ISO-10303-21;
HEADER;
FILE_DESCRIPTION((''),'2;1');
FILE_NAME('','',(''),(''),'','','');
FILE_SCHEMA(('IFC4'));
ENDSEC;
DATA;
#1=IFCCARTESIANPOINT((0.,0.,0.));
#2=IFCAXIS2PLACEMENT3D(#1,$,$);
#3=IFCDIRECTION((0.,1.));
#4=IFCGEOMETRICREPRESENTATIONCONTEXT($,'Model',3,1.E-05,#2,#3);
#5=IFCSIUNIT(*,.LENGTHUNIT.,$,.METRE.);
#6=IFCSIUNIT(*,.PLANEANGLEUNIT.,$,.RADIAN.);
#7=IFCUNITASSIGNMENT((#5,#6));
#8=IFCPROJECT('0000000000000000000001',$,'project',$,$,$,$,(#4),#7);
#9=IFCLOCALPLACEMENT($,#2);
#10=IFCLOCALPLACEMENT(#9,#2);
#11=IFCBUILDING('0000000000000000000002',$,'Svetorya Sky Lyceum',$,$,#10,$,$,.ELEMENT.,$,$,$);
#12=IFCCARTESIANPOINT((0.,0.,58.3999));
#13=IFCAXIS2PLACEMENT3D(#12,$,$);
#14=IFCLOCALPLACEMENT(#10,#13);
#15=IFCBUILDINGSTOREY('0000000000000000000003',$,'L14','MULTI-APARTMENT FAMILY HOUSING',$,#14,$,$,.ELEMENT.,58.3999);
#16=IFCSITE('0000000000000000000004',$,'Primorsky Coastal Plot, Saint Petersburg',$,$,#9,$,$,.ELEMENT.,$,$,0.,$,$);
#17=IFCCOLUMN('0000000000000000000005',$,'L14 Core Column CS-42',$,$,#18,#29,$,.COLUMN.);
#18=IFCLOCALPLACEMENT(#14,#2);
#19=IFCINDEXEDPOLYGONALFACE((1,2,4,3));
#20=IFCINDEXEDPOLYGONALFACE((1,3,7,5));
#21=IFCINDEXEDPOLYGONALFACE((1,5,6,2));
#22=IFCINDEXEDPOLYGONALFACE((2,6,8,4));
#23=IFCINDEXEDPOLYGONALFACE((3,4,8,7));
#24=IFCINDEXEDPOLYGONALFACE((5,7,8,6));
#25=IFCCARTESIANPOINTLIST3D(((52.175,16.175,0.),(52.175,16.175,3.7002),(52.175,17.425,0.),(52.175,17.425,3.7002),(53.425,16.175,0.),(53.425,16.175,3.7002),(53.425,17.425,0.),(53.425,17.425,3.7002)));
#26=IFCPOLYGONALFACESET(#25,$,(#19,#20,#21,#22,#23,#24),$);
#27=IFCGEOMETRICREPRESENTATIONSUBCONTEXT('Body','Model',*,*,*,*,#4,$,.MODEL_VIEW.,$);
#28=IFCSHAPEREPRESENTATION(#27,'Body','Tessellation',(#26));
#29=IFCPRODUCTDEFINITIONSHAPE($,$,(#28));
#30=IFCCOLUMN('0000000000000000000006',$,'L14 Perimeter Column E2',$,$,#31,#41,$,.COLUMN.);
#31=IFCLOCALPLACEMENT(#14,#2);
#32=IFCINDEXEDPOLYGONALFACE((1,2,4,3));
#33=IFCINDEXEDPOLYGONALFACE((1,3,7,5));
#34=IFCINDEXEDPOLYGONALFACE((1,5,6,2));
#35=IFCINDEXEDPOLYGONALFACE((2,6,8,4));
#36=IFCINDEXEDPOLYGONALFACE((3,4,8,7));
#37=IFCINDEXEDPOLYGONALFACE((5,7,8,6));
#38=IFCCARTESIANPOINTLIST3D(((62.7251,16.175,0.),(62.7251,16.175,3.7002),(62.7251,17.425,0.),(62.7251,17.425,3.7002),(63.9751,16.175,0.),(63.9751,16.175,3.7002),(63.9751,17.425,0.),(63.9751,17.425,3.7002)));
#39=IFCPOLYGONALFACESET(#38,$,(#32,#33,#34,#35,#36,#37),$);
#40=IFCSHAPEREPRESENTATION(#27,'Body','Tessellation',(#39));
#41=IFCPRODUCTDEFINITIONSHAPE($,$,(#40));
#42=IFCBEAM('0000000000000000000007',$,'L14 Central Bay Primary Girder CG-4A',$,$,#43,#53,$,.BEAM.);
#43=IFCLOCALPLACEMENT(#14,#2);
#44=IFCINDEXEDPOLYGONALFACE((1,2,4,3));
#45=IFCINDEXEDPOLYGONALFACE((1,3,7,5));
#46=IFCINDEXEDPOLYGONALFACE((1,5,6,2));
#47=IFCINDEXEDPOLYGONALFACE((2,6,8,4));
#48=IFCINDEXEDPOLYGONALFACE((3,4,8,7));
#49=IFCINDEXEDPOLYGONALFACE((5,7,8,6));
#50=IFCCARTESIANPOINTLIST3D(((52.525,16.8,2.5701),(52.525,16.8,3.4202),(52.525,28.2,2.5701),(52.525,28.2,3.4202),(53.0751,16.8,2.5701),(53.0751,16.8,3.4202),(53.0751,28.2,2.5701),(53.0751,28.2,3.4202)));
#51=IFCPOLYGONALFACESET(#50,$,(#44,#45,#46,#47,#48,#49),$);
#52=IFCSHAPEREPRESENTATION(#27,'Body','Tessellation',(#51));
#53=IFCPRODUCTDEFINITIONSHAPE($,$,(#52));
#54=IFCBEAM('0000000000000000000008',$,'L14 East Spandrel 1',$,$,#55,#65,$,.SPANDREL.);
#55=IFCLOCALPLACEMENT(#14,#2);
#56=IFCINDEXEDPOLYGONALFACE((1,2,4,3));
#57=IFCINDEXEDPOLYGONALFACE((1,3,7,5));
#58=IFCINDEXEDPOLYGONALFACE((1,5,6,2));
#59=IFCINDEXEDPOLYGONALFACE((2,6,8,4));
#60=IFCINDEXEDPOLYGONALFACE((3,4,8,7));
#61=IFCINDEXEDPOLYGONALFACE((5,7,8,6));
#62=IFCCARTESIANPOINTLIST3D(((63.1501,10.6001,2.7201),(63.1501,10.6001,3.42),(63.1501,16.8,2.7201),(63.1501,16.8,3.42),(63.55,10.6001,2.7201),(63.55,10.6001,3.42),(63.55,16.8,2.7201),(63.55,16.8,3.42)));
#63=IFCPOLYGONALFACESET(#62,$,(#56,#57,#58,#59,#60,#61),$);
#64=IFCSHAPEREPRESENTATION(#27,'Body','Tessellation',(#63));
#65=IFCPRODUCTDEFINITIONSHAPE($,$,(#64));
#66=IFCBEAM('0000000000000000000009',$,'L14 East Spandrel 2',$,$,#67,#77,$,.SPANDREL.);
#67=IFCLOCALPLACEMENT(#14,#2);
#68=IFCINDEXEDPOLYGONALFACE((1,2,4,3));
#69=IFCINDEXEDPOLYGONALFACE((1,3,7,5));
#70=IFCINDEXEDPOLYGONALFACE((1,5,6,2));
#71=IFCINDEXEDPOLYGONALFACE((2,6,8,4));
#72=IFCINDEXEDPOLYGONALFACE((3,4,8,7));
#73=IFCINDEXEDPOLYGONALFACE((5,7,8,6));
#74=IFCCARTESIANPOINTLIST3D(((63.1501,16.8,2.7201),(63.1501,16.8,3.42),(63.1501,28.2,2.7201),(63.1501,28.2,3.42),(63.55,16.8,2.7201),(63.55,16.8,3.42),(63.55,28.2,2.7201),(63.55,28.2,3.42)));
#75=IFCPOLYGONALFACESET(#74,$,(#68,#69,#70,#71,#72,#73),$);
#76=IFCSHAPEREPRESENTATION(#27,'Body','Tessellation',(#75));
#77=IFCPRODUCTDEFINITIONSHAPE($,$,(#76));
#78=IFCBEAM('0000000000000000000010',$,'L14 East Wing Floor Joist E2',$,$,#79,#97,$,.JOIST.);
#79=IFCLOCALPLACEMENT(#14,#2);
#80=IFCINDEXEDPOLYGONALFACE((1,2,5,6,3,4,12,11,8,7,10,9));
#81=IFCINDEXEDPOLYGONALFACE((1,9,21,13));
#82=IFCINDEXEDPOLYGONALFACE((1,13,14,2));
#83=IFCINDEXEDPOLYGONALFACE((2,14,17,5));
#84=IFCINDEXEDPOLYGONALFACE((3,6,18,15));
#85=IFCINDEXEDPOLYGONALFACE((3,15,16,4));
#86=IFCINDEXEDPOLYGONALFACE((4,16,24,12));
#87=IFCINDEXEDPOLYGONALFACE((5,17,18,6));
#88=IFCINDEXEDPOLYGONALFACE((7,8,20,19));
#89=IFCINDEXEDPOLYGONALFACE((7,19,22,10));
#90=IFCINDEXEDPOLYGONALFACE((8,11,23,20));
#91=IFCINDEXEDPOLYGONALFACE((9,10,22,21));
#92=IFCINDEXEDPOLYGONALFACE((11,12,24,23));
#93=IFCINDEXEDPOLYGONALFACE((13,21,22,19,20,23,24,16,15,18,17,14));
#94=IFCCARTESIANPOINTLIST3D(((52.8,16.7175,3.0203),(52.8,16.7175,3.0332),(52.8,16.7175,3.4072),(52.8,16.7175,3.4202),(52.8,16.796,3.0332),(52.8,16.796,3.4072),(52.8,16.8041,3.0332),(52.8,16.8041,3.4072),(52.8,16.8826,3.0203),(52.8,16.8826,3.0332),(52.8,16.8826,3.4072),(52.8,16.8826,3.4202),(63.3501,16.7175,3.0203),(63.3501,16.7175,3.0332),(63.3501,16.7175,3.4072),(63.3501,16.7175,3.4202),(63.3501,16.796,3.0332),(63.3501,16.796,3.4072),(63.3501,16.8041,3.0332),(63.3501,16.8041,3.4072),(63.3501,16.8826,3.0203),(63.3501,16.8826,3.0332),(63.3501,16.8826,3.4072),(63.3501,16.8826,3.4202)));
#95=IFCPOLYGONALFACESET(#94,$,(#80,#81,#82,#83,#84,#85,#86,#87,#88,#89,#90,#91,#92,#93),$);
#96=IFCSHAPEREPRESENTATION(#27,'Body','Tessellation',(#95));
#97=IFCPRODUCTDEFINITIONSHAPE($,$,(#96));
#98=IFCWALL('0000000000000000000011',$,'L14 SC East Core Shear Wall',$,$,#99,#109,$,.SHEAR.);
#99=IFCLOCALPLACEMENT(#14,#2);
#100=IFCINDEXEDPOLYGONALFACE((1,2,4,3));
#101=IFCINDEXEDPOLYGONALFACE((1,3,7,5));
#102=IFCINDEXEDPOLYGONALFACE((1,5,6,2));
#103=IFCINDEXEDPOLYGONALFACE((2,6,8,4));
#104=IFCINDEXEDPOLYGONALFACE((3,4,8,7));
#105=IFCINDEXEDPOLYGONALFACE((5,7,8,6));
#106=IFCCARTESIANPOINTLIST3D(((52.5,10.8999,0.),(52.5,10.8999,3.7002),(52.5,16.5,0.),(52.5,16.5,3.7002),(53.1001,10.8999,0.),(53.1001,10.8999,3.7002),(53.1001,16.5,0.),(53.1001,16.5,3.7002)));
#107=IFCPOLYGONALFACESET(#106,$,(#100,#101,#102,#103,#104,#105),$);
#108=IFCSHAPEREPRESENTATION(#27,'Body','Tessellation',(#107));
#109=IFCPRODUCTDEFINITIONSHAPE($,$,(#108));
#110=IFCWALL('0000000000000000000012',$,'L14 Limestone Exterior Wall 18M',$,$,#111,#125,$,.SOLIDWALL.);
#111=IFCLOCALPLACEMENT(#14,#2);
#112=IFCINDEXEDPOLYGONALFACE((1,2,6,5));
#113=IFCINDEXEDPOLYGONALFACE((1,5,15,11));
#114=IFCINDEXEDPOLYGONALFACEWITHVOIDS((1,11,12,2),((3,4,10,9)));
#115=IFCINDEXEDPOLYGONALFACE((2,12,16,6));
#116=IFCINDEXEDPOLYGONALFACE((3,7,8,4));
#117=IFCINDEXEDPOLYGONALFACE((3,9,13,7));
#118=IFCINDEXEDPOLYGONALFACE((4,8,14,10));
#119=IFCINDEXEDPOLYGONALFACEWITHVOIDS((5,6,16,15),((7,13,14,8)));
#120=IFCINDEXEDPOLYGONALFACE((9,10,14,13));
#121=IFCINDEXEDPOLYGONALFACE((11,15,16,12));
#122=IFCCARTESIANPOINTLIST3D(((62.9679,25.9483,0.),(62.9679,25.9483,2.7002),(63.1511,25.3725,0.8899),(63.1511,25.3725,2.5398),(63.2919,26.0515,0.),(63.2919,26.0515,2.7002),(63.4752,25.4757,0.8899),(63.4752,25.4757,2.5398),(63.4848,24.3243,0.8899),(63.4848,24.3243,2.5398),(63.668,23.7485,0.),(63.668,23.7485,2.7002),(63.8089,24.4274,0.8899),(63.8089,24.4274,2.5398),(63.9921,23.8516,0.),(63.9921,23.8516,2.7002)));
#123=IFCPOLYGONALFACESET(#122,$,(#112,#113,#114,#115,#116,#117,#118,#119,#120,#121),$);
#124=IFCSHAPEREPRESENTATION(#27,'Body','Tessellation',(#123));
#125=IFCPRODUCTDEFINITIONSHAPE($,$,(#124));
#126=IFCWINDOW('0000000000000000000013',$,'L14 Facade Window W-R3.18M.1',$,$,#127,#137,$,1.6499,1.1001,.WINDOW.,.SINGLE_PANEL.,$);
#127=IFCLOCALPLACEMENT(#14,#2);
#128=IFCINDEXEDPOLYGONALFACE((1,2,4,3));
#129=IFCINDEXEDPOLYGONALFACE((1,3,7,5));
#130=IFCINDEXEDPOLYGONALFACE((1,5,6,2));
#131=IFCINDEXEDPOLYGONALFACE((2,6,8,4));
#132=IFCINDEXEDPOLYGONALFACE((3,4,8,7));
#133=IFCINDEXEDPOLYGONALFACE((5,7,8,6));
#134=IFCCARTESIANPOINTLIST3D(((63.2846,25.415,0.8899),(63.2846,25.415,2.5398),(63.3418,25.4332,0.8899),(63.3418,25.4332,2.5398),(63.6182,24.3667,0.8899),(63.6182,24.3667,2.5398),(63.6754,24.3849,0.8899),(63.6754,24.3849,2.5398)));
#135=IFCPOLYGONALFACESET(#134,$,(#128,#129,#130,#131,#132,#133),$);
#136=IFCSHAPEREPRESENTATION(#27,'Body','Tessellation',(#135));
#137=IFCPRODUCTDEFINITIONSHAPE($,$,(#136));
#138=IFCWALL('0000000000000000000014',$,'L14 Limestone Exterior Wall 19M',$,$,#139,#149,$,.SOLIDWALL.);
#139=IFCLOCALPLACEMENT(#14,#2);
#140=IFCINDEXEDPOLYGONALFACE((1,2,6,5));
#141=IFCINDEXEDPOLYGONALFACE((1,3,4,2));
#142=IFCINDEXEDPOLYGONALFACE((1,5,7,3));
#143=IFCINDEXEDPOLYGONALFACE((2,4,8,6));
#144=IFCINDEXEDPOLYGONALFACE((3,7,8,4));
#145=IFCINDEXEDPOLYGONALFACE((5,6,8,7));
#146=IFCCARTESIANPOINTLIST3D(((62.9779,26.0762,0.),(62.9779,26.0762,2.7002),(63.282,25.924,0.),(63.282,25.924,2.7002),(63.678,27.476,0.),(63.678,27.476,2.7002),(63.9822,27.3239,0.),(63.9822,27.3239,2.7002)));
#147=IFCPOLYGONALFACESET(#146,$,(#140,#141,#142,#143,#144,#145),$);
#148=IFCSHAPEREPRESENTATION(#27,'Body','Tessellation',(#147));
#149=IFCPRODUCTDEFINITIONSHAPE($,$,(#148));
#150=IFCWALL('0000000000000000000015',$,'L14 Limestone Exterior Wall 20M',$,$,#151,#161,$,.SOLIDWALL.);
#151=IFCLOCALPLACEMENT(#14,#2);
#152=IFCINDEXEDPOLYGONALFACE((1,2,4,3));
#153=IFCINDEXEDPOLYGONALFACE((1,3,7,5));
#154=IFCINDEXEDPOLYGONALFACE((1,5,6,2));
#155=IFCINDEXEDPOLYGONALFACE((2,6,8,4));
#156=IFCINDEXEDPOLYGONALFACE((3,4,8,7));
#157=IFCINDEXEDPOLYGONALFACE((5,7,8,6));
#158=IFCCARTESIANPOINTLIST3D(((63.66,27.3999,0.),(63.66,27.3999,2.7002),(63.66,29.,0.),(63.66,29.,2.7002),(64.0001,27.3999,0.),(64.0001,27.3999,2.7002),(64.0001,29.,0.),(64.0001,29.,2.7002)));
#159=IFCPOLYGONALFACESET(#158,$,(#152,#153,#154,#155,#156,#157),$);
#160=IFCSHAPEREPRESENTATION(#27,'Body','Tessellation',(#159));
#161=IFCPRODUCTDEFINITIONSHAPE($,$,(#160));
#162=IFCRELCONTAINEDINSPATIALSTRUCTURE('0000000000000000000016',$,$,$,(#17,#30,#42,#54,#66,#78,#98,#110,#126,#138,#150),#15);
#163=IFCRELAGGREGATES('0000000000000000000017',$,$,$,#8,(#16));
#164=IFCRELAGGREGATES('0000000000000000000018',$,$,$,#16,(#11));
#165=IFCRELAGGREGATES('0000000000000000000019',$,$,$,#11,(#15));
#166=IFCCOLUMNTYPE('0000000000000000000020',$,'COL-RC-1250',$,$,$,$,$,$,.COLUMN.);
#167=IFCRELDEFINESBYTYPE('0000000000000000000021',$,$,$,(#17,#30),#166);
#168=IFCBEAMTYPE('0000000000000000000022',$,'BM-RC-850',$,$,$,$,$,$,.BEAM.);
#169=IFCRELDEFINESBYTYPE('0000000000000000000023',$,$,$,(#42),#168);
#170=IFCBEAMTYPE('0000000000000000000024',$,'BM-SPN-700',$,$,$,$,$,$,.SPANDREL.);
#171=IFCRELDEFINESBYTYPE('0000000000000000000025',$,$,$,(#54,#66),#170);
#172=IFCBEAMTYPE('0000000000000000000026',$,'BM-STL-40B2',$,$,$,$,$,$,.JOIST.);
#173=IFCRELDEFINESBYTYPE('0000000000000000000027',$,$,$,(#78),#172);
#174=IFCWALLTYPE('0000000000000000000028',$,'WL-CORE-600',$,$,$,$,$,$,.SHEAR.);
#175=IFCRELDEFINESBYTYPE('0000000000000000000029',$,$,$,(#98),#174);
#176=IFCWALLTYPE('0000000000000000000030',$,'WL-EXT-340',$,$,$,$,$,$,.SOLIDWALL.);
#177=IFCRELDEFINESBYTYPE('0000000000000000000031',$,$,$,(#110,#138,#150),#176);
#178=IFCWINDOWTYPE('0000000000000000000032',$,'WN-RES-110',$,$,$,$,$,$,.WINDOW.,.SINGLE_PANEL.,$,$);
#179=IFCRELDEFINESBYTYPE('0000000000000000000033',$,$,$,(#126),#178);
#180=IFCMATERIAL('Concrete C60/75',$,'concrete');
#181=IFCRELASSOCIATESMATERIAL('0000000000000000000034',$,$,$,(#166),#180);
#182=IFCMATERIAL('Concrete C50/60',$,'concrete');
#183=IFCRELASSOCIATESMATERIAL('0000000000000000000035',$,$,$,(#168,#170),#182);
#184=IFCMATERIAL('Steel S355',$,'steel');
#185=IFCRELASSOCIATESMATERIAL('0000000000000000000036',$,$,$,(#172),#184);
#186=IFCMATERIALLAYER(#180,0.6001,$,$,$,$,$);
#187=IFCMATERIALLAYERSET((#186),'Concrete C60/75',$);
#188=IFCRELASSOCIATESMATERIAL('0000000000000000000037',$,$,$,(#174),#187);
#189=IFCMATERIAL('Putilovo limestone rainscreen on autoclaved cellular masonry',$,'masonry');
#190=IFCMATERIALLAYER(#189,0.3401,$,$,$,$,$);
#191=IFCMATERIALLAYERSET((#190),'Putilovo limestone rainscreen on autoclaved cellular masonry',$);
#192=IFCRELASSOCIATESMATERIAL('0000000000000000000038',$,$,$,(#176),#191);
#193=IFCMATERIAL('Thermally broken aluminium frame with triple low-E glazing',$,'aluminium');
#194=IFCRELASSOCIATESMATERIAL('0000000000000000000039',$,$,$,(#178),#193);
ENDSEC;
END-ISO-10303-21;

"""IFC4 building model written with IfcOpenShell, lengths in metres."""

from ifc_helpers import new_model, si_unit, direction, frame, frame_2d, origin, origin_2d, place, context, subcontext, project, spatial, rectangle, i_section, extrude, material, layer, layer_set, material_profile, profile_set, type_object, element, fill, save


model = new_model("IFC4")

# Units and contexts
model_context = context("Model", 3, precision=1e-05, world=origin(), true_north=direction((0.0, 1.0)))
body_context = subcontext(model_context, "Body", "Model", "MODEL_VIEW")
ifc_project = project(units=[si_unit("LENGTHUNIT", "METRE"), si_unit("PLANEANGLEUNIT", "RADIAN")], contexts=[model_context])

# Site, building, storey
site_placement = place(None, origin())
site = spatial("IfcSite", under=ifc_project, at=site_placement, Name="Primorsky Coastal Plot, Saint Petersburg", CompositionType="ELEMENT", RefElevation=0.0)
building_placement = place(site_placement, origin())
building = spatial("IfcBuilding", under=site, at=building_placement, Name="Svetorya Sky Lyceum", CompositionType="ELEMENT")
storey_placement = place(building_placement, frame((0.0, 0.0, 58.3999)))
storey = spatial("IfcBuildingStorey", under=building, at=storey_placement, Name="L14", Description="MULTI-APARTMENT FAMILY HOUSING", CompositionType="ELEMENT", Elevation=58.3999)

# Columns
ifc_material_1 = material(Name="Concrete C60/75", Category="concrete")
ifc_material_profile_1 = material_profile(ifc_material_1, rectangle(XDim=1.25, YDim=1.25, at=origin_2d()), Name="RC COL 1250x1250")
ifc_profile_set_1 = profile_set([ifc_material_profile_1], Name="Concrete C60/75")
column_type = type_object("IfcColumnType", Name="COL-RC-1250", PredefinedType="COLUMN", material=ifc_profile_set_1)
for number, where, z_axis, x_axis, name in (
    (1, (52.8, 16.8, 0.0), (0.0, 0.0, 1.0), (1.0, 0.0, 0.0), "L14 Core Column CS-42"),
    (2, (63.3501, 16.8, 0.0), (0.0, 0.0, 1.0), (1.0, 0.0, 0.0), "L14 Perimeter Column E2"),
):
    element("IfcColumn", number, at=place(storey_placement, frame(where, z_axis=z_axis, x_axis=x_axis)), inside=storey, type_object=column_type, Name=name, PredefinedType="COLUMN", context=body_context, shape_type="SweptSolid", body=[
        extrude(rectangle(XDim=1.25, YDim=1.25, at=origin_2d()), origin(), (0.0, 0.0, 1.0), 3.7002),
    ])

# Beams
ifc_material_2 = material(Name="Concrete C50/60", Category="concrete")
ifc_material_profile_2 = material_profile(ifc_material_2, rectangle(XDim=0.55, YDim=0.8501, at=origin_2d()), Name="RC BEAM 550x850")
ifc_profile_set_2 = profile_set([ifc_material_profile_2], Name="Concrete C50/60")
beam_type_1 = type_object("IfcBeamType", Name="BM-RC-850", PredefinedType="BEAM", material=ifc_profile_set_2)
beam_1_placement = place(storey_placement, frame((52.8, 16.8, 2.9951), z_axis=(0.0, 1.0, 0.0), x_axis=(-1.0, 0.0, 0.0)))
element("IfcBeam", 3, at=beam_1_placement, inside=storey, type_object=beam_type_1, Name="L14 Central Bay Primary Girder CG-4A", PredefinedType="BEAM", context=body_context, shape_type="SweptSolid", body=[
    extrude(rectangle(XDim=0.55, YDim=0.8501, at=origin_2d()), origin(), (0.0, 0.0, 1.0), 11.3999),
])
ifc_material_profile_3 = material_profile(ifc_material_2, rectangle(XDim=0.3999, YDim=0.7, at=origin_2d()), Name="RC SPANDREL 400x700")
ifc_profile_set_3 = profile_set([ifc_material_profile_3], Name="Concrete C50/60")
beam_type_2 = type_object("IfcBeamType", Name="BM-SPN-700", PredefinedType="SPANDREL", material=ifc_profile_set_3)
beam_2_placement = place(storey_placement, frame((63.3501, 10.6001, 3.0701), z_axis=(0.0, 1.0, 0.0), x_axis=(-1.0, 0.0, 0.0)))
element("IfcBeam", 4, at=beam_2_placement, inside=storey, type_object=beam_type_2, Name="L14 East Spandrel 1", PredefinedType="SPANDREL", context=body_context, shape_type="SweptSolid", body=[
    extrude(rectangle(XDim=0.3999, YDim=0.7, at=origin_2d()), origin(), (0.0, 0.0, 1.0), 6.2),
])
beam_3_placement = place(storey_placement, frame((63.3501, 16.8, 3.0701), z_axis=(0.0, 1.0, 0.0), x_axis=(-1.0, 0.0, 0.0)))
element("IfcBeam", 5, at=beam_3_placement, inside=storey, type_object=beam_type_2, Name="L14 East Spandrel 2", PredefinedType="SPANDREL", context=body_context, shape_type="SweptSolid", body=[
    extrude(rectangle(XDim=0.3999, YDim=0.7, at=origin_2d()), origin(), (0.0, 0.0, 1.0), 11.3999),
])
ifc_material_3 = material(Name="Steel S355", Category="steel")
ifc_material_profile_4 = material_profile(ifc_material_3, i_section(OverallWidth=0.165, OverallDepth=0.3999, WebThickness=0.0081, FlangeThickness=0.0129, at=origin_2d()), Name="GOST 40B2")
ifc_profile_set_4 = profile_set([ifc_material_profile_4], Name="Steel S355")
beam_type_3 = type_object("IfcBeamType", Name="BM-STL-40B2", PredefinedType="JOIST", material=ifc_profile_set_4)
beam_4_placement = place(storey_placement, frame((52.8, 16.8, 3.2202), z_axis=(1.0, 0.0, 0.0), x_axis=(0.0, 1.0, 0.0)))
element("IfcBeam", 6, at=beam_4_placement, inside=storey, type_object=beam_type_3, Name="L14 East Wing Floor Joist E2", PredefinedType="JOIST", context=body_context, shape_type="SweptSolid", body=[
    extrude(i_section(OverallWidth=0.165, OverallDepth=0.3999, WebThickness=0.0081, FlangeThickness=0.0129, at=origin_2d()), origin(), (0.0, 0.0, 1.0), 10.55),
])

# Wall
ifc_layer_1 = layer(ifc_material_1, 0.6001)
ifc_layer_set_1 = layer_set([ifc_layer_1], Name="Concrete C60/75")
wall_type_1 = type_object("IfcWallType", Name="WL-CORE-600", PredefinedType="SHEAR", material=ifc_layer_set_1)
wall_1_placement = place(storey_placement, frame((52.8, 10.8999, 0.0), z_axis=(0.0, 0.0, 1.0), x_axis=(0.0, 1.0, 0.0)))
element("IfcWall", 7, at=wall_1_placement, inside=storey, type_object=wall_type_1, Name="L14 SC East Core Shear Wall", PredefinedType="SHEAR", context=body_context, shape_type="SweptSolid", body=[
    extrude(rectangle(XDim=5.6001, YDim=0.6001, at=frame_2d((2.8, 0.0))), origin(), (0.0, 0.0, 1.0), 3.7002),
])

# Wall, opening, window
ifc_material_4 = material(Name="Putilovo limestone rainscreen on autoclaved cellular masonry", Category="masonry")
ifc_layer_2 = layer(ifc_material_4, 0.3401)
ifc_layer_set_2 = layer_set([ifc_layer_2], Name="Putilovo limestone rainscreen on autoclaved cellular masonry")
wall_type_2 = type_object("IfcWallType", Name="WL-EXT-340", PredefinedType="SOLIDWALL", material=ifc_layer_set_2)
wall_2_placement = place(storey_placement, frame((63.8301, 23.8, 0.0), z_axis=(0.0, 0.0, 1.0), x_axis=(-0.303287, 0.952899, 0.0)))
wall_2 = element("IfcWall", 8, at=wall_2_placement, inside=storey, type_object=wall_type_2, Name="L14 Limestone Exterior Wall 18M", PredefinedType="SOLIDWALL", context=body_context, shape_type="SweptSolid", body=[
    extrude(rectangle(XDim=2.3086, YDim=0.3401, at=frame_2d((1.1543, 0.0))), origin(), (0.0, 0.0, 1.0), 2.7002),
])
opening_1_placement = place(wall_2_placement, frame((0.6042, 0.0, 0.8899)))
opening_1 = element("IfcOpeningElement", 9, at=opening_1_placement, cuts=wall_2, PredefinedType="OPENING", context=body_context, shape_type="SweptSolid", body=[
    extrude(rectangle(XDim=1.1001, YDim=1.6499, at=frame_2d((0.55, 0.825))), frame((0.0, 0.1799, 0.0), z_axis=(0.0, -1.0, 0.0), x_axis=(1.0, 0.0, 0.0)), (0.0, 0.0, 1.0), 0.3601),
])
ifc_material_5 = material(Name="Thermally broken aluminium frame with triple low-E glazing", Category="aluminium")
window_type = type_object("IfcWindowType", Name="WN-RES-110", PartitioningType="SINGLE_PANEL", PredefinedType="WINDOW", material=ifc_material_5)
window_placement = place(opening_1_placement, origin())
window = element("IfcWindow", 10, at=window_placement, inside=storey, type_object=window_type, Name="L14 Facade Window W-R3.18M.1", OverallHeight=1.6499, OverallWidth=1.1001, PartitioningType="SINGLE_PANEL", PredefinedType="WINDOW", context=body_context, shape_type="SweptSolid", body=[
    extrude(rectangle(XDim=1.1001, YDim=1.6499, at=frame_2d((0.55, 0.825))), frame((0.0, 0.03, 0.0), z_axis=(0.0, -1.0, 0.0), x_axis=(1.0, 0.0, 0.0)), (0.0, 0.0, 1.0), 0.0601),
])
fill(opening_1, window)

# Walls
wall_3_placement = place(storey_placement, frame((63.1299, 26.0, 0.0), z_axis=(0.0, 0.0, 1.0), x_axis=(0.447338, 0.894365, 0.0)))
element("IfcWall", 11, at=wall_3_placement, inside=storey, type_object=wall_type_2, Name="L14 Limestone Exterior Wall 19M", PredefinedType="SOLIDWALL", context=body_context, shape_type="SweptSolid", body=[
    extrude(rectangle(XDim=1.5652, YDim=0.3401, at=frame_2d((0.7827, 0.0))), origin(), (0.0, 0.0, 1.0), 2.7002),
])
wall_4_placement = place(storey_placement, frame((63.8301, 27.3999, 0.0), z_axis=(0.0, 0.0, 1.0), x_axis=(0.0, 1.0, 0.0)))
element("IfcWall", 12, at=wall_4_placement, inside=storey, type_object=wall_type_2, Name="L14 Limestone Exterior Wall 20M", PredefinedType="SOLIDWALL", context=body_context, shape_type="SweptSolid", body=[
    extrude(rectangle(XDim=1.6001, YDim=0.3401, at=frame_2d((0.8, 0.0))), origin(), (0.0, 0.0, 1.0), 2.7002),
])

save(model, "model.ifc")
